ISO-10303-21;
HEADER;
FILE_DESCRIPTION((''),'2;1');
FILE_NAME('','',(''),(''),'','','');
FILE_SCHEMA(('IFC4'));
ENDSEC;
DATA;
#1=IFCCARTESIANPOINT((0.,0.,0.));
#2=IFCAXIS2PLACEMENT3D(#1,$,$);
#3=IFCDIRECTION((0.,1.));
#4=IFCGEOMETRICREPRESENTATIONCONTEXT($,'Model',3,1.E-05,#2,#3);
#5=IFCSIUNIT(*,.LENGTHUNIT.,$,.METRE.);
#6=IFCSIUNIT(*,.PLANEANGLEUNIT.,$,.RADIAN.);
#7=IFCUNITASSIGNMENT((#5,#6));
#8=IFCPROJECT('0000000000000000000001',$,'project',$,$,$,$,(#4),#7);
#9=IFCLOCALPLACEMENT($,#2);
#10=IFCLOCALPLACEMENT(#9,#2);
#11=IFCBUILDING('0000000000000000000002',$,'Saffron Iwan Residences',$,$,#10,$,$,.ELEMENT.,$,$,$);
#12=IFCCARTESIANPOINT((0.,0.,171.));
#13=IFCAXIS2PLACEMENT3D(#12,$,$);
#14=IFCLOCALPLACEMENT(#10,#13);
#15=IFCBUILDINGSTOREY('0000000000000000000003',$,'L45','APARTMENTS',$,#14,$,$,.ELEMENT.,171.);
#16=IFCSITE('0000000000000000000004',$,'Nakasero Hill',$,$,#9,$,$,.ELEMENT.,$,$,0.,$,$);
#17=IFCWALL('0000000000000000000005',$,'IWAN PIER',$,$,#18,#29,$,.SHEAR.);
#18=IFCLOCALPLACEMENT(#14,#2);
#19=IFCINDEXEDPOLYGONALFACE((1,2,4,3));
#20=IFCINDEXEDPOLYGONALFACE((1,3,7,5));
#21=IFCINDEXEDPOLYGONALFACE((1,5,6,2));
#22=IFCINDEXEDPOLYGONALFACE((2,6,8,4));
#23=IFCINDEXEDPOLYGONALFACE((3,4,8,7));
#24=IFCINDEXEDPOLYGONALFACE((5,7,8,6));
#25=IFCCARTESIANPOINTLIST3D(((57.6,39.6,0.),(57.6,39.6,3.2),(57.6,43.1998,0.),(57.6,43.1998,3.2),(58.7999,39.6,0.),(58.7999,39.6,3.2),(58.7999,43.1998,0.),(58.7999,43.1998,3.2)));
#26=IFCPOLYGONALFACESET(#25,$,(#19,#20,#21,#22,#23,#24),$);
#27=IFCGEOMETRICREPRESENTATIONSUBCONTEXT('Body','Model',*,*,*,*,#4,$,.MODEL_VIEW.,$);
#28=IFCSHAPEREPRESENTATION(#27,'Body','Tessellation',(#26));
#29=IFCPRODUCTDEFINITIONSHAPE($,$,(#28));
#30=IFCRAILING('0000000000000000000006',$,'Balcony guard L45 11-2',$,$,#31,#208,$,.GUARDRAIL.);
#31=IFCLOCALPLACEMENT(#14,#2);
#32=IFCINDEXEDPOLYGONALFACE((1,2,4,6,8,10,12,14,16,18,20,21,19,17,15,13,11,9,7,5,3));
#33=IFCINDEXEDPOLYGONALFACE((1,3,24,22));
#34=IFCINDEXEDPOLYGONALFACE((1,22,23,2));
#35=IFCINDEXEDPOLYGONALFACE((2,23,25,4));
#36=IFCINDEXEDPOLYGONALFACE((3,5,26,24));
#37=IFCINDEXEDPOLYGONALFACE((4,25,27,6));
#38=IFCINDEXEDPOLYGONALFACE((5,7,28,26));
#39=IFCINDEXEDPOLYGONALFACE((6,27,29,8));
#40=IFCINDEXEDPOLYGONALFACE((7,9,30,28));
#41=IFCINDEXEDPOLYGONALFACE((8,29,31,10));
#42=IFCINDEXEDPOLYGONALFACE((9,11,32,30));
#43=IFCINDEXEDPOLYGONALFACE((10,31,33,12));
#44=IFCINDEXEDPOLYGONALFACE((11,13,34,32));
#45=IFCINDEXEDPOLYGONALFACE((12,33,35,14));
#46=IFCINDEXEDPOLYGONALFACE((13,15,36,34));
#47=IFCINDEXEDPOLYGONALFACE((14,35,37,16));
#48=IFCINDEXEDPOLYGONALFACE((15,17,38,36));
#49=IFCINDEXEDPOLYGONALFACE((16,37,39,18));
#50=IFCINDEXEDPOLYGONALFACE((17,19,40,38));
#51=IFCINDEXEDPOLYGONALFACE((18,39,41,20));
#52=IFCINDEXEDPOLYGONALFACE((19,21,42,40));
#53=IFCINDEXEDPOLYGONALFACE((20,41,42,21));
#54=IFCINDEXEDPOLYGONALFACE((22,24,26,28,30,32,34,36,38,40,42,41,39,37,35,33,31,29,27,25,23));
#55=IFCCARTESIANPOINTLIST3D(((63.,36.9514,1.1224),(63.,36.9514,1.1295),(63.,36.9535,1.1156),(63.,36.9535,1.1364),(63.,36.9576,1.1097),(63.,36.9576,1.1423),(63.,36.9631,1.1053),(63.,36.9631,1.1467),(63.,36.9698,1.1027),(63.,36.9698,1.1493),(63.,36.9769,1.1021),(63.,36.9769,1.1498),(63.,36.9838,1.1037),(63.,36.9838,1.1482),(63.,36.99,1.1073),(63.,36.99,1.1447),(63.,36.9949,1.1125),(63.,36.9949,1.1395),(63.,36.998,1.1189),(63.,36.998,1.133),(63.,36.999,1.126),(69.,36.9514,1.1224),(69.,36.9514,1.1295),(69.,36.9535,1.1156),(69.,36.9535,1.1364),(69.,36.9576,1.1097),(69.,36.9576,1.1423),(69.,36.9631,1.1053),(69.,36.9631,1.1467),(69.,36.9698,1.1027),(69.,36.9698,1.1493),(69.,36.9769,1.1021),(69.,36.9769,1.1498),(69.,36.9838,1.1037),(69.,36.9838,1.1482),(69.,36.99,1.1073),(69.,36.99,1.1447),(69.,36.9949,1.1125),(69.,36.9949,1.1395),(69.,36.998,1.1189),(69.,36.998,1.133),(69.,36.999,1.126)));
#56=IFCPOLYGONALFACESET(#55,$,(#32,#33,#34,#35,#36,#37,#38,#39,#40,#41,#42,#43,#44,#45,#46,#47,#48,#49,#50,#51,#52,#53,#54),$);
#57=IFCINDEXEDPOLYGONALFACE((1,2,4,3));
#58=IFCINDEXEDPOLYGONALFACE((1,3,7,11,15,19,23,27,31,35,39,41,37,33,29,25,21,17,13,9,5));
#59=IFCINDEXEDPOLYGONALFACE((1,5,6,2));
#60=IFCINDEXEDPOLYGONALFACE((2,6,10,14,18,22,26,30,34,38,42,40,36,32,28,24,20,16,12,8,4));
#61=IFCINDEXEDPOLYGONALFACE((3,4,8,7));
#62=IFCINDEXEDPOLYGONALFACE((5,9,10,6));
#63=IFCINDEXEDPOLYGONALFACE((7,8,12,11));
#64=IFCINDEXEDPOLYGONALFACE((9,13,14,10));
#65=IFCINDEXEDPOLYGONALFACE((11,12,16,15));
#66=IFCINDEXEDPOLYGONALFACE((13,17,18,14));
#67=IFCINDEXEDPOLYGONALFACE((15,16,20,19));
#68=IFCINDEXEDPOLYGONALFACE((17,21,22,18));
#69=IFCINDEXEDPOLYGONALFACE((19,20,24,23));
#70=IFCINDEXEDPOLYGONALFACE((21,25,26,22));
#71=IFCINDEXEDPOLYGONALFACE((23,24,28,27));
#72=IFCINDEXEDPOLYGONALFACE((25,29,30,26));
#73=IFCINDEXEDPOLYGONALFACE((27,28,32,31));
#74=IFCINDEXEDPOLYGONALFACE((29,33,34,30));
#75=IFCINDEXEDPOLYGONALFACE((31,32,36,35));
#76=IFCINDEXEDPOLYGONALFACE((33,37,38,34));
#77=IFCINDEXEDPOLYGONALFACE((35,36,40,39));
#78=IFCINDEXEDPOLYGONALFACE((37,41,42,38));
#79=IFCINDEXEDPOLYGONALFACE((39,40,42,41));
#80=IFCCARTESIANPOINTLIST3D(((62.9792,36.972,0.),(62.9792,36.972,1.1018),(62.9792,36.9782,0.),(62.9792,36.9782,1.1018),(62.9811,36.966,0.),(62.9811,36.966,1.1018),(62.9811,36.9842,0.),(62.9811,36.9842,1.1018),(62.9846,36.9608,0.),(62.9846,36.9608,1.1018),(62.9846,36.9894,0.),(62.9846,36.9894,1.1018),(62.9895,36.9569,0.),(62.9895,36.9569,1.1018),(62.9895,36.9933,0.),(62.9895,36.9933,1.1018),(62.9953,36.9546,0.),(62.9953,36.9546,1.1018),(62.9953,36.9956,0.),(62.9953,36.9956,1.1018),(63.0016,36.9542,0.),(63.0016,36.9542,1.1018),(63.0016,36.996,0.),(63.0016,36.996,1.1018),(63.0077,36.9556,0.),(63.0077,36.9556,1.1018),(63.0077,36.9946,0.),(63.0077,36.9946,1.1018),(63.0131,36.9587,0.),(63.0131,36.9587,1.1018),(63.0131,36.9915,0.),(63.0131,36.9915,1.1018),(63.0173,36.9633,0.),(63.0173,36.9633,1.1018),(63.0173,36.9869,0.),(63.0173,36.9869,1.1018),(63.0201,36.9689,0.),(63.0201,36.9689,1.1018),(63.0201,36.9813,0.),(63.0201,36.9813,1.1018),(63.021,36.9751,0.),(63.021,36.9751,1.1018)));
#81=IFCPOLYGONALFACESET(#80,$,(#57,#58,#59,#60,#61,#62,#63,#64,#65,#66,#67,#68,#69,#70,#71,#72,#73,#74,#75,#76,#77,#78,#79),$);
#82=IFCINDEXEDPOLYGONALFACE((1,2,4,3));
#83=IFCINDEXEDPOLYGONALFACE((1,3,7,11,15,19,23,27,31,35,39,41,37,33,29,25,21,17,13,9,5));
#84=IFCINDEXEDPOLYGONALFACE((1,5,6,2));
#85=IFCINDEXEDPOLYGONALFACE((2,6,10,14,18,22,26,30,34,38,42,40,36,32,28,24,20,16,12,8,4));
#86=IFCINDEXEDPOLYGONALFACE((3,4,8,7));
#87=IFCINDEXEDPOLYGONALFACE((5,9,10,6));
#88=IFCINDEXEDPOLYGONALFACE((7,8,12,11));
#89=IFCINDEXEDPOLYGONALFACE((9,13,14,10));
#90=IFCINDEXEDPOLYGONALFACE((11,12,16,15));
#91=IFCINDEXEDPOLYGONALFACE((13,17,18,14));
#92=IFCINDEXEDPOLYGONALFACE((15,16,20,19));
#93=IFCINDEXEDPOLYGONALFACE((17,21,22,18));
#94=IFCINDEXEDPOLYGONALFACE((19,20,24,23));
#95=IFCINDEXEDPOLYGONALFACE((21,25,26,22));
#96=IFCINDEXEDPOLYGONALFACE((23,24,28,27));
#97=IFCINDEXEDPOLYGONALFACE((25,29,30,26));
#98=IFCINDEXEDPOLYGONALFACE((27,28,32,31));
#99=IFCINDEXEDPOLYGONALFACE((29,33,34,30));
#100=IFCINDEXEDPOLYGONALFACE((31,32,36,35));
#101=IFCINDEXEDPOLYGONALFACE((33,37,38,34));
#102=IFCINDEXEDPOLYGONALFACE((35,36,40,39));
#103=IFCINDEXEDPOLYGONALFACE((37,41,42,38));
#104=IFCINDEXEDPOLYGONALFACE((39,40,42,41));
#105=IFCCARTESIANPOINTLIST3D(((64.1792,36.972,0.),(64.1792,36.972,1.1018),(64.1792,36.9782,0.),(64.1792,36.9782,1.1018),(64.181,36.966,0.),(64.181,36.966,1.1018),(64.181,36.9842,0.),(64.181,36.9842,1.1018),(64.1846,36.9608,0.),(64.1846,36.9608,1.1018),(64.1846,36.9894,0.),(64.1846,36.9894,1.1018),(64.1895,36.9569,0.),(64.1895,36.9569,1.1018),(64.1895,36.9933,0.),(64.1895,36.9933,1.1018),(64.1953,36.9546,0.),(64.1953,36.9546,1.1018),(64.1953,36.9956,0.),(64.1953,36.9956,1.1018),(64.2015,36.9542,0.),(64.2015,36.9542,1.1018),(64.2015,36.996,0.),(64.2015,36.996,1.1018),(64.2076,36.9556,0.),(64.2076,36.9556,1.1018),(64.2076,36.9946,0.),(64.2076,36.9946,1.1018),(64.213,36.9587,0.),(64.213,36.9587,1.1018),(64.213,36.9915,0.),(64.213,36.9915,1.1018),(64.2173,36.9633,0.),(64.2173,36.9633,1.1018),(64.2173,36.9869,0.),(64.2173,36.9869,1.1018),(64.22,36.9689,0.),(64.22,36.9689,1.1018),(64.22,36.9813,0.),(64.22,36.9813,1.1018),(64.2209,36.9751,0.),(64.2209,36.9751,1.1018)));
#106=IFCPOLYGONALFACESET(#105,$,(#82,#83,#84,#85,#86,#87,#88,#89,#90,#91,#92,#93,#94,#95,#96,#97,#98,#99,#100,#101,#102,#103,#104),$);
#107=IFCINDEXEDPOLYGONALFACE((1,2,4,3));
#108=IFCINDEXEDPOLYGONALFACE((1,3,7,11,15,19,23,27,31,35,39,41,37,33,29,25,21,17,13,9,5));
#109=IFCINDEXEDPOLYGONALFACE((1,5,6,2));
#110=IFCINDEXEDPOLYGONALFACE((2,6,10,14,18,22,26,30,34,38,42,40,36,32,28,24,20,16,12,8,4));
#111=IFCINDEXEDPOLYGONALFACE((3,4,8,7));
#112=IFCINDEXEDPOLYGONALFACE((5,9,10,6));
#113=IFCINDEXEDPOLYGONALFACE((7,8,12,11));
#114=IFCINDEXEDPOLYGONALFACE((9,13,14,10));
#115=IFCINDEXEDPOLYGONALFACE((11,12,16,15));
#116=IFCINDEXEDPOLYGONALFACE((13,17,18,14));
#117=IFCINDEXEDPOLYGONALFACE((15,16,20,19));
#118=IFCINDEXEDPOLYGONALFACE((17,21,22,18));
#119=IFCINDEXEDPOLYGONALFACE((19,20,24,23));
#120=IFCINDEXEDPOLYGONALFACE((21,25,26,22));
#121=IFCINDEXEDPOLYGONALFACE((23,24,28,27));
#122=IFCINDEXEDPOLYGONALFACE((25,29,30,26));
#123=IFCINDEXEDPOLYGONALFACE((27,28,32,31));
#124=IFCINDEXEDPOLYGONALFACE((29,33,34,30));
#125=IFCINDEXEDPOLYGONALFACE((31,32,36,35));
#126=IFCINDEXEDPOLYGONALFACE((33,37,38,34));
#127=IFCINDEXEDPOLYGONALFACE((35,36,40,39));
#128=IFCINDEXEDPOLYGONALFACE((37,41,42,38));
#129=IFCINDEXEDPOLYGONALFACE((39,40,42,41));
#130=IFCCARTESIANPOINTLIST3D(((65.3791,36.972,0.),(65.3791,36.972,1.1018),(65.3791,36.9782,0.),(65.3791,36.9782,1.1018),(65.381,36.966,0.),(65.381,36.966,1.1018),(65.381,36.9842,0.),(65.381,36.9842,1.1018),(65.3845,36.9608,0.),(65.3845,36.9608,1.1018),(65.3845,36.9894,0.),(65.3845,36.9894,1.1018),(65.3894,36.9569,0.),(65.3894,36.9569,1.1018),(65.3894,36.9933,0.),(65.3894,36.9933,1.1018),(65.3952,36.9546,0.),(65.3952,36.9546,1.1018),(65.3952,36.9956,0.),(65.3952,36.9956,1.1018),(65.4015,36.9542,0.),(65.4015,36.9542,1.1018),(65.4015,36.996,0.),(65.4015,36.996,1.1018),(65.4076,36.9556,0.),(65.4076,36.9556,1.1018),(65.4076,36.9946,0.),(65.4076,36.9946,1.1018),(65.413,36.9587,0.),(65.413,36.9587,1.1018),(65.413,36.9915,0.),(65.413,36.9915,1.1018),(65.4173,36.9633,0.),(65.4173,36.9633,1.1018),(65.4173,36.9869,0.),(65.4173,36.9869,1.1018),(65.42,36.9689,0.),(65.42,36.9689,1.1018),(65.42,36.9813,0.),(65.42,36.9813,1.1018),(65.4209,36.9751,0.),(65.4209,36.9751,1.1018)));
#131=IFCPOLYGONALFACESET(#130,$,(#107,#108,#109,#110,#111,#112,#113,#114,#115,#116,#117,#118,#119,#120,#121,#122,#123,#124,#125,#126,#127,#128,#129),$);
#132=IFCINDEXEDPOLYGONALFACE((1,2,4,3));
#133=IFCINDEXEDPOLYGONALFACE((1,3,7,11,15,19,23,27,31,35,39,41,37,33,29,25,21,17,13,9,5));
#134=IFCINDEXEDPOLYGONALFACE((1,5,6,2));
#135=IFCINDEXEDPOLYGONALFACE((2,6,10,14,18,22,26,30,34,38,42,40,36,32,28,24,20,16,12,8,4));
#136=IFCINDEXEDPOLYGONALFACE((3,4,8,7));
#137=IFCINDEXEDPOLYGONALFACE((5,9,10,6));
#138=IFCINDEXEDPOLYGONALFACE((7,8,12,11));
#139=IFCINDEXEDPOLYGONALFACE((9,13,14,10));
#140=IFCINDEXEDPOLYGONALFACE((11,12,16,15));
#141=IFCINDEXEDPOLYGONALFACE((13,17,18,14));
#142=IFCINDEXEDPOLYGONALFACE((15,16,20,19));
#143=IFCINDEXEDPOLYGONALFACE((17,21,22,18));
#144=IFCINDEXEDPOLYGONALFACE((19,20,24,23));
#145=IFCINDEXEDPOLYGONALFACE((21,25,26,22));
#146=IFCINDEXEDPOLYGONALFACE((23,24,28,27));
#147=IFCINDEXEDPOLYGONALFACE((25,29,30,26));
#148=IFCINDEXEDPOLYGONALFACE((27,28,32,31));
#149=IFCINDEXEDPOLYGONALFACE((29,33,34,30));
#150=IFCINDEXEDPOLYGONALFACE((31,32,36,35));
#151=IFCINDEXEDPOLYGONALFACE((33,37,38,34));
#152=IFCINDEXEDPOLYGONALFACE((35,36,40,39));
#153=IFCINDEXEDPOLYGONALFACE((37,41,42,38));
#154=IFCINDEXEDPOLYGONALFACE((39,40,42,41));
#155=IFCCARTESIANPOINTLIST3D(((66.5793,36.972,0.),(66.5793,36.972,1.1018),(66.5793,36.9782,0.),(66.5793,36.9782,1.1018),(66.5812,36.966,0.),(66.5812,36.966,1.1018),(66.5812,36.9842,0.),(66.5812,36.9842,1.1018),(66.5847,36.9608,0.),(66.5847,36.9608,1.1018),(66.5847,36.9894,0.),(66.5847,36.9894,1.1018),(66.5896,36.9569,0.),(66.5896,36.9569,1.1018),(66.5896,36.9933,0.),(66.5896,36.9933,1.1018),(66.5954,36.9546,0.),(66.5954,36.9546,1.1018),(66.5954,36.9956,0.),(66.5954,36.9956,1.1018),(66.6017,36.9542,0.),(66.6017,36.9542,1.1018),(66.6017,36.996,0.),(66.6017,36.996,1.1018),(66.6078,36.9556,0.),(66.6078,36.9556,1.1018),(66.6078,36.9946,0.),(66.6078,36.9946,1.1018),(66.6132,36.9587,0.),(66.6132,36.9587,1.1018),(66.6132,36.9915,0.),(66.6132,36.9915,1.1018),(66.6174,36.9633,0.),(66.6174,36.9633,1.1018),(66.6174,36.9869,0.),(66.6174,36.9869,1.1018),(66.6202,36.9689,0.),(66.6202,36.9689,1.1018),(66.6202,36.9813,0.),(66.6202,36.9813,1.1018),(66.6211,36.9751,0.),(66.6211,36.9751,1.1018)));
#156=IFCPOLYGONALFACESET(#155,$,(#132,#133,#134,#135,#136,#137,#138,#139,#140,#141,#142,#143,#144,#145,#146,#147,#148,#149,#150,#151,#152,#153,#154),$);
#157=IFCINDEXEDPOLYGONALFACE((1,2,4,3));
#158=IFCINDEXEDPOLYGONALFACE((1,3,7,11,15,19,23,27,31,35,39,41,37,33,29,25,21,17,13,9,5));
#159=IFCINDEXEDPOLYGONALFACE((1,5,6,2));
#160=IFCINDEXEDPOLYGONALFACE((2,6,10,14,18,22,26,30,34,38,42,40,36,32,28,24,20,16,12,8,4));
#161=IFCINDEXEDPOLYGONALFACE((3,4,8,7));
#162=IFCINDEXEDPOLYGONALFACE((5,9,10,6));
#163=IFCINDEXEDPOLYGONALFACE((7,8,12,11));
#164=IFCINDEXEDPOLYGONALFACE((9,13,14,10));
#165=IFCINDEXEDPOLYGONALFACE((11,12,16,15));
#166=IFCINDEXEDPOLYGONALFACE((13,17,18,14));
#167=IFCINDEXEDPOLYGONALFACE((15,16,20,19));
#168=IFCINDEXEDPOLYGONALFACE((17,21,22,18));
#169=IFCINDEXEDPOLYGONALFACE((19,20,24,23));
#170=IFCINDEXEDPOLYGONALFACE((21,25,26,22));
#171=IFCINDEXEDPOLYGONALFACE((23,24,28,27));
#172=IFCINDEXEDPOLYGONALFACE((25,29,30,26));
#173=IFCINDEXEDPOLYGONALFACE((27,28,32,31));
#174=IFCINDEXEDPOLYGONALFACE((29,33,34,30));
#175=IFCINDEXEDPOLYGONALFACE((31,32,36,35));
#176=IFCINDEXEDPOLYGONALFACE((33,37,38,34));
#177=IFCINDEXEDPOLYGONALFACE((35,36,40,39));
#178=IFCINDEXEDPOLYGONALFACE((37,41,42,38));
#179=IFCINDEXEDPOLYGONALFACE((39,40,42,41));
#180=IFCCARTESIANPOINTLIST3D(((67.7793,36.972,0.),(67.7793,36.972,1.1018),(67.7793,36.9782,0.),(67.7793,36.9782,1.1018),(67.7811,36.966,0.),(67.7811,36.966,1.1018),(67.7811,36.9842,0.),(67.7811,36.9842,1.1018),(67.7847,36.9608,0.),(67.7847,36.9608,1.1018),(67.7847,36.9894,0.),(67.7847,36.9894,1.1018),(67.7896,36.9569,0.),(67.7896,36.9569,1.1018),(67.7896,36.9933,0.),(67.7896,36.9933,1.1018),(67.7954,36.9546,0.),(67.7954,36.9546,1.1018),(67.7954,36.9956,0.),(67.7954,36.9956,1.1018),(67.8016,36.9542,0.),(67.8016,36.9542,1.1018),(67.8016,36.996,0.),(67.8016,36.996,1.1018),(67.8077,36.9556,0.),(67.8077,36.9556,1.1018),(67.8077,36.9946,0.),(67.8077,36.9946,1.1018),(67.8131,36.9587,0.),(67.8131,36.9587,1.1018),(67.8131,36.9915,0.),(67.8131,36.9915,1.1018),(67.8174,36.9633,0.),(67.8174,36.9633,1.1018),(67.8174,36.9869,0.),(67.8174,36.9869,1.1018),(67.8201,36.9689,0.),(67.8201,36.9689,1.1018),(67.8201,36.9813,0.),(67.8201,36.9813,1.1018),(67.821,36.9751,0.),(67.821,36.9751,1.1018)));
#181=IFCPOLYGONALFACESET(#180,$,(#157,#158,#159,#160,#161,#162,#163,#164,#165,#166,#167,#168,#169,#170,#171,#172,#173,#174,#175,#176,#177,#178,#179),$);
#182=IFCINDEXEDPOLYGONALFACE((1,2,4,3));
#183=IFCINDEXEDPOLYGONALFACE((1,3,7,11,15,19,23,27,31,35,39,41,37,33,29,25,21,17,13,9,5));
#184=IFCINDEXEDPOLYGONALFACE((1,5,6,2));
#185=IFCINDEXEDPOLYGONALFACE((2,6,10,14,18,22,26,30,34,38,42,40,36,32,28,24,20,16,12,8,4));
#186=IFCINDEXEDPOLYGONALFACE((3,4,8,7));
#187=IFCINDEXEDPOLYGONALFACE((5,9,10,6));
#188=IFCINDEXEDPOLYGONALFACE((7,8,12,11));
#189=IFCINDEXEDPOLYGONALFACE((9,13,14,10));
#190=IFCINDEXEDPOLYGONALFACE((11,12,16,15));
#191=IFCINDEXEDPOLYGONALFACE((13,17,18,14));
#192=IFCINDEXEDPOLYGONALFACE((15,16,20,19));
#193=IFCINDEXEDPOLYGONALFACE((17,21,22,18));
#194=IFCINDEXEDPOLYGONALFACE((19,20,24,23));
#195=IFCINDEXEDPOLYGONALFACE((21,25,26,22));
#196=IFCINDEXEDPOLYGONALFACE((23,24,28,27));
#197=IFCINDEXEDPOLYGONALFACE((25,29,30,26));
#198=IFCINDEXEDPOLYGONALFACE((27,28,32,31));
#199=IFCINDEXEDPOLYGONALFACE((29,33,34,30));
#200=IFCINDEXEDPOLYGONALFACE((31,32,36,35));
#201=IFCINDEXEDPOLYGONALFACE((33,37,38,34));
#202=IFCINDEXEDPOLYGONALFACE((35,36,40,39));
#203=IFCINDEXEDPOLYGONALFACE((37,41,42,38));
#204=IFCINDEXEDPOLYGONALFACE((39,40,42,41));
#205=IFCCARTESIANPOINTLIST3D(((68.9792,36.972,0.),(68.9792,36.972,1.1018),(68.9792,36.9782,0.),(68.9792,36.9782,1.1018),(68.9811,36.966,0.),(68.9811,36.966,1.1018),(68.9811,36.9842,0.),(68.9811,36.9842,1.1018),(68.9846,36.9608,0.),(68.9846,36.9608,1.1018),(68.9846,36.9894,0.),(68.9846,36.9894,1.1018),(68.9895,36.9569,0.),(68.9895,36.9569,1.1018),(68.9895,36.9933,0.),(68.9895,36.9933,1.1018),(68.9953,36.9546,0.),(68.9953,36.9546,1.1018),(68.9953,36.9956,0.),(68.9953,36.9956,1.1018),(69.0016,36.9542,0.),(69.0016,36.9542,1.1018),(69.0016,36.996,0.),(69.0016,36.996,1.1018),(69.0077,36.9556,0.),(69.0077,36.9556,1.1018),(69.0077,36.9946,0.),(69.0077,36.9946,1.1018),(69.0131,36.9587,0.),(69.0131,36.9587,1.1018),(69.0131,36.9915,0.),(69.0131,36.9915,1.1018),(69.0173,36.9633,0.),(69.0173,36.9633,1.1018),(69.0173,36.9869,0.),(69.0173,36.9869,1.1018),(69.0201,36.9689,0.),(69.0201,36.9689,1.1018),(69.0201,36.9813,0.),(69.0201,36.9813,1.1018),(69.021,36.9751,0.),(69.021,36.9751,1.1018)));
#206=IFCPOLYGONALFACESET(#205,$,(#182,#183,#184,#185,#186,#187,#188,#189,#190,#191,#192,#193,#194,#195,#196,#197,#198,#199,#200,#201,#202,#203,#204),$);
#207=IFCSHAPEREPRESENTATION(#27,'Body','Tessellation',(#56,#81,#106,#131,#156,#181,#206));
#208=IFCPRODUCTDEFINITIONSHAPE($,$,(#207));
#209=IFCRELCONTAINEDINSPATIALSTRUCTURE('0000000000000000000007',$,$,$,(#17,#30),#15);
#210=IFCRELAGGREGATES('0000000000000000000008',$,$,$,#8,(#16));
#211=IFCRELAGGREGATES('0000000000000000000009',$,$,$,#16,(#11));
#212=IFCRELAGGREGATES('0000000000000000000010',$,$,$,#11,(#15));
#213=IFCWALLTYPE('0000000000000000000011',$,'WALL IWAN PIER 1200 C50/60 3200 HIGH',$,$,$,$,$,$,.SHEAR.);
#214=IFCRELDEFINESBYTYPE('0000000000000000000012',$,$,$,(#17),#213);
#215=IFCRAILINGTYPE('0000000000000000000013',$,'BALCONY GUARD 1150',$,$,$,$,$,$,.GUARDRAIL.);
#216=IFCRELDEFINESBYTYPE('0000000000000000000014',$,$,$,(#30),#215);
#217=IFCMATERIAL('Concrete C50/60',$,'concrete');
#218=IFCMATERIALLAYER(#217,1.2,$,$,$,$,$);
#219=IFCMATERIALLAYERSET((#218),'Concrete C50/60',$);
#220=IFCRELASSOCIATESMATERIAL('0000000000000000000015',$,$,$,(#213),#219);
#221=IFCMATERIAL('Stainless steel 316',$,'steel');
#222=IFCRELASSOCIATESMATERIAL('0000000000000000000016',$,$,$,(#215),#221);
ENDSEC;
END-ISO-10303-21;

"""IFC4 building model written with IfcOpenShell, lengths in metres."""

from ifc_helpers import new_model, si_unit, direction, frame, frame_2d, origin, origin_2d, place, context, subcontext, project, spatial, rectangle, circle, extrude, material, layer, layer_set, type_object, element, save


model = new_model("IFC4")

# Units and contexts
model_context = context("Model", 3, precision=1e-05, world=origin(), true_north=direction((0.0, 1.0)))
body_context = subcontext(model_context, "Body", "Model", "MODEL_VIEW")
ifc_project = project(units=[si_unit("LENGTHUNIT", "METRE"), si_unit("PLANEANGLEUNIT", "RADIAN")], contexts=[model_context])

# Site, building, storey
site_placement = place(None, origin())
site = spatial("IfcSite", under=ifc_project, at=site_placement, Name="Nakasero Hill", CompositionType="ELEMENT", RefElevation=0.0)
building_placement = place(site_placement, origin())
building = spatial("IfcBuilding", under=site, at=building_placement, Name="Saffron Iwan Residences", CompositionType="ELEMENT")
storey_placement = place(building_placement, frame((0.0, 0.0, 171.0)))
storey = spatial("IfcBuildingStorey", under=building, at=storey_placement, Name="L45", Description="APARTMENTS", CompositionType="ELEMENT", Elevation=171.0)

# Shared definitions
ifc_material_1 = material(Name="Concrete C50/60", Category="concrete")

# Wall
ifc_layer_1 = layer(ifc_material_1, 1.2)
ifc_layer_set_1 = layer_set([ifc_layer_1], Name="Concrete C50/60")
wall_type_1 = type_object("IfcWallType", Name="WALL IWAN PIER 1200 C50/60 3200 HIGH", PredefinedType="SHEAR", material=ifc_layer_set_1)
wall_1_placement = place(storey_placement, frame((58.2, 39.6001, 0.0), z_axis=(0.0, 0.0, 1.0), x_axis=(0.0, 1.0, 0.0)))
element("IfcWall", 1, at=wall_1_placement, inside=storey, type_object=wall_type_1, Name="IWAN PIER", PredefinedType="SHEAR", context=body_context, shape_type="SweptSolid", body=[
    extrude(rectangle(XDim=3.5999, YDim=1.2, at=frame_2d((1.7998, 0.0))), origin(), (0.0, 0.0, 1.0), 3.2),
])

# Railing
ifc_material_2 = material(Name="Stainless steel 316", Category="steel")
railing_type = type_object("IfcRailingType", Name="BALCONY GUARD 1150", PredefinedType="GUARDRAIL", material=ifc_material_2)
railing_placement = place(storey_placement, frame((63.0, 36.9751, 0.0)))
element("IfcRailing", 2, at=railing_placement, inside=storey, type_object=railing_type, Name="Balcony guard L45 11-2", PredefinedType="GUARDRAIL", context=body_context, shape_type="SweptSolid", body=[
    extrude(circle(Radius=0.0239, at=origin_2d()), frame((0.0, 0.0, 1.126), z_axis=(1.0, 0.0, 0.0), x_axis=(0.0, 1.0, 0.0)), (0.0, 0.0, 1.0), 6.0),
    extrude(circle(Radius=0.021, at=origin_2d()), origin(), (0.0, 0.0, 1.0), 1.1018),
    extrude(circle(Radius=0.021, at=origin_2d()), frame((1.2, 0.0, 0.0)), (0.0, 0.0, 1.0), 1.1018),
    extrude(circle(Radius=0.021, at=origin_2d()), frame((2.3999, 0.0, 0.0)), (0.0, 0.0, 1.0), 1.1018),
    extrude(circle(Radius=0.021, at=origin_2d()), frame((3.6001, 0.0, 0.0)), (0.0, 0.0, 1.0), 1.1018),
    extrude(circle(Radius=0.021, at=origin_2d()), frame((4.8, 0.0, 0.0)), (0.0, 0.0, 1.0), 1.1018),
    extrude(circle(Radius=0.021, at=origin_2d()), frame((6.0, 0.0, 0.0)), (0.0, 0.0, 1.0), 1.1018),
])

save(model, "model.ifc")
